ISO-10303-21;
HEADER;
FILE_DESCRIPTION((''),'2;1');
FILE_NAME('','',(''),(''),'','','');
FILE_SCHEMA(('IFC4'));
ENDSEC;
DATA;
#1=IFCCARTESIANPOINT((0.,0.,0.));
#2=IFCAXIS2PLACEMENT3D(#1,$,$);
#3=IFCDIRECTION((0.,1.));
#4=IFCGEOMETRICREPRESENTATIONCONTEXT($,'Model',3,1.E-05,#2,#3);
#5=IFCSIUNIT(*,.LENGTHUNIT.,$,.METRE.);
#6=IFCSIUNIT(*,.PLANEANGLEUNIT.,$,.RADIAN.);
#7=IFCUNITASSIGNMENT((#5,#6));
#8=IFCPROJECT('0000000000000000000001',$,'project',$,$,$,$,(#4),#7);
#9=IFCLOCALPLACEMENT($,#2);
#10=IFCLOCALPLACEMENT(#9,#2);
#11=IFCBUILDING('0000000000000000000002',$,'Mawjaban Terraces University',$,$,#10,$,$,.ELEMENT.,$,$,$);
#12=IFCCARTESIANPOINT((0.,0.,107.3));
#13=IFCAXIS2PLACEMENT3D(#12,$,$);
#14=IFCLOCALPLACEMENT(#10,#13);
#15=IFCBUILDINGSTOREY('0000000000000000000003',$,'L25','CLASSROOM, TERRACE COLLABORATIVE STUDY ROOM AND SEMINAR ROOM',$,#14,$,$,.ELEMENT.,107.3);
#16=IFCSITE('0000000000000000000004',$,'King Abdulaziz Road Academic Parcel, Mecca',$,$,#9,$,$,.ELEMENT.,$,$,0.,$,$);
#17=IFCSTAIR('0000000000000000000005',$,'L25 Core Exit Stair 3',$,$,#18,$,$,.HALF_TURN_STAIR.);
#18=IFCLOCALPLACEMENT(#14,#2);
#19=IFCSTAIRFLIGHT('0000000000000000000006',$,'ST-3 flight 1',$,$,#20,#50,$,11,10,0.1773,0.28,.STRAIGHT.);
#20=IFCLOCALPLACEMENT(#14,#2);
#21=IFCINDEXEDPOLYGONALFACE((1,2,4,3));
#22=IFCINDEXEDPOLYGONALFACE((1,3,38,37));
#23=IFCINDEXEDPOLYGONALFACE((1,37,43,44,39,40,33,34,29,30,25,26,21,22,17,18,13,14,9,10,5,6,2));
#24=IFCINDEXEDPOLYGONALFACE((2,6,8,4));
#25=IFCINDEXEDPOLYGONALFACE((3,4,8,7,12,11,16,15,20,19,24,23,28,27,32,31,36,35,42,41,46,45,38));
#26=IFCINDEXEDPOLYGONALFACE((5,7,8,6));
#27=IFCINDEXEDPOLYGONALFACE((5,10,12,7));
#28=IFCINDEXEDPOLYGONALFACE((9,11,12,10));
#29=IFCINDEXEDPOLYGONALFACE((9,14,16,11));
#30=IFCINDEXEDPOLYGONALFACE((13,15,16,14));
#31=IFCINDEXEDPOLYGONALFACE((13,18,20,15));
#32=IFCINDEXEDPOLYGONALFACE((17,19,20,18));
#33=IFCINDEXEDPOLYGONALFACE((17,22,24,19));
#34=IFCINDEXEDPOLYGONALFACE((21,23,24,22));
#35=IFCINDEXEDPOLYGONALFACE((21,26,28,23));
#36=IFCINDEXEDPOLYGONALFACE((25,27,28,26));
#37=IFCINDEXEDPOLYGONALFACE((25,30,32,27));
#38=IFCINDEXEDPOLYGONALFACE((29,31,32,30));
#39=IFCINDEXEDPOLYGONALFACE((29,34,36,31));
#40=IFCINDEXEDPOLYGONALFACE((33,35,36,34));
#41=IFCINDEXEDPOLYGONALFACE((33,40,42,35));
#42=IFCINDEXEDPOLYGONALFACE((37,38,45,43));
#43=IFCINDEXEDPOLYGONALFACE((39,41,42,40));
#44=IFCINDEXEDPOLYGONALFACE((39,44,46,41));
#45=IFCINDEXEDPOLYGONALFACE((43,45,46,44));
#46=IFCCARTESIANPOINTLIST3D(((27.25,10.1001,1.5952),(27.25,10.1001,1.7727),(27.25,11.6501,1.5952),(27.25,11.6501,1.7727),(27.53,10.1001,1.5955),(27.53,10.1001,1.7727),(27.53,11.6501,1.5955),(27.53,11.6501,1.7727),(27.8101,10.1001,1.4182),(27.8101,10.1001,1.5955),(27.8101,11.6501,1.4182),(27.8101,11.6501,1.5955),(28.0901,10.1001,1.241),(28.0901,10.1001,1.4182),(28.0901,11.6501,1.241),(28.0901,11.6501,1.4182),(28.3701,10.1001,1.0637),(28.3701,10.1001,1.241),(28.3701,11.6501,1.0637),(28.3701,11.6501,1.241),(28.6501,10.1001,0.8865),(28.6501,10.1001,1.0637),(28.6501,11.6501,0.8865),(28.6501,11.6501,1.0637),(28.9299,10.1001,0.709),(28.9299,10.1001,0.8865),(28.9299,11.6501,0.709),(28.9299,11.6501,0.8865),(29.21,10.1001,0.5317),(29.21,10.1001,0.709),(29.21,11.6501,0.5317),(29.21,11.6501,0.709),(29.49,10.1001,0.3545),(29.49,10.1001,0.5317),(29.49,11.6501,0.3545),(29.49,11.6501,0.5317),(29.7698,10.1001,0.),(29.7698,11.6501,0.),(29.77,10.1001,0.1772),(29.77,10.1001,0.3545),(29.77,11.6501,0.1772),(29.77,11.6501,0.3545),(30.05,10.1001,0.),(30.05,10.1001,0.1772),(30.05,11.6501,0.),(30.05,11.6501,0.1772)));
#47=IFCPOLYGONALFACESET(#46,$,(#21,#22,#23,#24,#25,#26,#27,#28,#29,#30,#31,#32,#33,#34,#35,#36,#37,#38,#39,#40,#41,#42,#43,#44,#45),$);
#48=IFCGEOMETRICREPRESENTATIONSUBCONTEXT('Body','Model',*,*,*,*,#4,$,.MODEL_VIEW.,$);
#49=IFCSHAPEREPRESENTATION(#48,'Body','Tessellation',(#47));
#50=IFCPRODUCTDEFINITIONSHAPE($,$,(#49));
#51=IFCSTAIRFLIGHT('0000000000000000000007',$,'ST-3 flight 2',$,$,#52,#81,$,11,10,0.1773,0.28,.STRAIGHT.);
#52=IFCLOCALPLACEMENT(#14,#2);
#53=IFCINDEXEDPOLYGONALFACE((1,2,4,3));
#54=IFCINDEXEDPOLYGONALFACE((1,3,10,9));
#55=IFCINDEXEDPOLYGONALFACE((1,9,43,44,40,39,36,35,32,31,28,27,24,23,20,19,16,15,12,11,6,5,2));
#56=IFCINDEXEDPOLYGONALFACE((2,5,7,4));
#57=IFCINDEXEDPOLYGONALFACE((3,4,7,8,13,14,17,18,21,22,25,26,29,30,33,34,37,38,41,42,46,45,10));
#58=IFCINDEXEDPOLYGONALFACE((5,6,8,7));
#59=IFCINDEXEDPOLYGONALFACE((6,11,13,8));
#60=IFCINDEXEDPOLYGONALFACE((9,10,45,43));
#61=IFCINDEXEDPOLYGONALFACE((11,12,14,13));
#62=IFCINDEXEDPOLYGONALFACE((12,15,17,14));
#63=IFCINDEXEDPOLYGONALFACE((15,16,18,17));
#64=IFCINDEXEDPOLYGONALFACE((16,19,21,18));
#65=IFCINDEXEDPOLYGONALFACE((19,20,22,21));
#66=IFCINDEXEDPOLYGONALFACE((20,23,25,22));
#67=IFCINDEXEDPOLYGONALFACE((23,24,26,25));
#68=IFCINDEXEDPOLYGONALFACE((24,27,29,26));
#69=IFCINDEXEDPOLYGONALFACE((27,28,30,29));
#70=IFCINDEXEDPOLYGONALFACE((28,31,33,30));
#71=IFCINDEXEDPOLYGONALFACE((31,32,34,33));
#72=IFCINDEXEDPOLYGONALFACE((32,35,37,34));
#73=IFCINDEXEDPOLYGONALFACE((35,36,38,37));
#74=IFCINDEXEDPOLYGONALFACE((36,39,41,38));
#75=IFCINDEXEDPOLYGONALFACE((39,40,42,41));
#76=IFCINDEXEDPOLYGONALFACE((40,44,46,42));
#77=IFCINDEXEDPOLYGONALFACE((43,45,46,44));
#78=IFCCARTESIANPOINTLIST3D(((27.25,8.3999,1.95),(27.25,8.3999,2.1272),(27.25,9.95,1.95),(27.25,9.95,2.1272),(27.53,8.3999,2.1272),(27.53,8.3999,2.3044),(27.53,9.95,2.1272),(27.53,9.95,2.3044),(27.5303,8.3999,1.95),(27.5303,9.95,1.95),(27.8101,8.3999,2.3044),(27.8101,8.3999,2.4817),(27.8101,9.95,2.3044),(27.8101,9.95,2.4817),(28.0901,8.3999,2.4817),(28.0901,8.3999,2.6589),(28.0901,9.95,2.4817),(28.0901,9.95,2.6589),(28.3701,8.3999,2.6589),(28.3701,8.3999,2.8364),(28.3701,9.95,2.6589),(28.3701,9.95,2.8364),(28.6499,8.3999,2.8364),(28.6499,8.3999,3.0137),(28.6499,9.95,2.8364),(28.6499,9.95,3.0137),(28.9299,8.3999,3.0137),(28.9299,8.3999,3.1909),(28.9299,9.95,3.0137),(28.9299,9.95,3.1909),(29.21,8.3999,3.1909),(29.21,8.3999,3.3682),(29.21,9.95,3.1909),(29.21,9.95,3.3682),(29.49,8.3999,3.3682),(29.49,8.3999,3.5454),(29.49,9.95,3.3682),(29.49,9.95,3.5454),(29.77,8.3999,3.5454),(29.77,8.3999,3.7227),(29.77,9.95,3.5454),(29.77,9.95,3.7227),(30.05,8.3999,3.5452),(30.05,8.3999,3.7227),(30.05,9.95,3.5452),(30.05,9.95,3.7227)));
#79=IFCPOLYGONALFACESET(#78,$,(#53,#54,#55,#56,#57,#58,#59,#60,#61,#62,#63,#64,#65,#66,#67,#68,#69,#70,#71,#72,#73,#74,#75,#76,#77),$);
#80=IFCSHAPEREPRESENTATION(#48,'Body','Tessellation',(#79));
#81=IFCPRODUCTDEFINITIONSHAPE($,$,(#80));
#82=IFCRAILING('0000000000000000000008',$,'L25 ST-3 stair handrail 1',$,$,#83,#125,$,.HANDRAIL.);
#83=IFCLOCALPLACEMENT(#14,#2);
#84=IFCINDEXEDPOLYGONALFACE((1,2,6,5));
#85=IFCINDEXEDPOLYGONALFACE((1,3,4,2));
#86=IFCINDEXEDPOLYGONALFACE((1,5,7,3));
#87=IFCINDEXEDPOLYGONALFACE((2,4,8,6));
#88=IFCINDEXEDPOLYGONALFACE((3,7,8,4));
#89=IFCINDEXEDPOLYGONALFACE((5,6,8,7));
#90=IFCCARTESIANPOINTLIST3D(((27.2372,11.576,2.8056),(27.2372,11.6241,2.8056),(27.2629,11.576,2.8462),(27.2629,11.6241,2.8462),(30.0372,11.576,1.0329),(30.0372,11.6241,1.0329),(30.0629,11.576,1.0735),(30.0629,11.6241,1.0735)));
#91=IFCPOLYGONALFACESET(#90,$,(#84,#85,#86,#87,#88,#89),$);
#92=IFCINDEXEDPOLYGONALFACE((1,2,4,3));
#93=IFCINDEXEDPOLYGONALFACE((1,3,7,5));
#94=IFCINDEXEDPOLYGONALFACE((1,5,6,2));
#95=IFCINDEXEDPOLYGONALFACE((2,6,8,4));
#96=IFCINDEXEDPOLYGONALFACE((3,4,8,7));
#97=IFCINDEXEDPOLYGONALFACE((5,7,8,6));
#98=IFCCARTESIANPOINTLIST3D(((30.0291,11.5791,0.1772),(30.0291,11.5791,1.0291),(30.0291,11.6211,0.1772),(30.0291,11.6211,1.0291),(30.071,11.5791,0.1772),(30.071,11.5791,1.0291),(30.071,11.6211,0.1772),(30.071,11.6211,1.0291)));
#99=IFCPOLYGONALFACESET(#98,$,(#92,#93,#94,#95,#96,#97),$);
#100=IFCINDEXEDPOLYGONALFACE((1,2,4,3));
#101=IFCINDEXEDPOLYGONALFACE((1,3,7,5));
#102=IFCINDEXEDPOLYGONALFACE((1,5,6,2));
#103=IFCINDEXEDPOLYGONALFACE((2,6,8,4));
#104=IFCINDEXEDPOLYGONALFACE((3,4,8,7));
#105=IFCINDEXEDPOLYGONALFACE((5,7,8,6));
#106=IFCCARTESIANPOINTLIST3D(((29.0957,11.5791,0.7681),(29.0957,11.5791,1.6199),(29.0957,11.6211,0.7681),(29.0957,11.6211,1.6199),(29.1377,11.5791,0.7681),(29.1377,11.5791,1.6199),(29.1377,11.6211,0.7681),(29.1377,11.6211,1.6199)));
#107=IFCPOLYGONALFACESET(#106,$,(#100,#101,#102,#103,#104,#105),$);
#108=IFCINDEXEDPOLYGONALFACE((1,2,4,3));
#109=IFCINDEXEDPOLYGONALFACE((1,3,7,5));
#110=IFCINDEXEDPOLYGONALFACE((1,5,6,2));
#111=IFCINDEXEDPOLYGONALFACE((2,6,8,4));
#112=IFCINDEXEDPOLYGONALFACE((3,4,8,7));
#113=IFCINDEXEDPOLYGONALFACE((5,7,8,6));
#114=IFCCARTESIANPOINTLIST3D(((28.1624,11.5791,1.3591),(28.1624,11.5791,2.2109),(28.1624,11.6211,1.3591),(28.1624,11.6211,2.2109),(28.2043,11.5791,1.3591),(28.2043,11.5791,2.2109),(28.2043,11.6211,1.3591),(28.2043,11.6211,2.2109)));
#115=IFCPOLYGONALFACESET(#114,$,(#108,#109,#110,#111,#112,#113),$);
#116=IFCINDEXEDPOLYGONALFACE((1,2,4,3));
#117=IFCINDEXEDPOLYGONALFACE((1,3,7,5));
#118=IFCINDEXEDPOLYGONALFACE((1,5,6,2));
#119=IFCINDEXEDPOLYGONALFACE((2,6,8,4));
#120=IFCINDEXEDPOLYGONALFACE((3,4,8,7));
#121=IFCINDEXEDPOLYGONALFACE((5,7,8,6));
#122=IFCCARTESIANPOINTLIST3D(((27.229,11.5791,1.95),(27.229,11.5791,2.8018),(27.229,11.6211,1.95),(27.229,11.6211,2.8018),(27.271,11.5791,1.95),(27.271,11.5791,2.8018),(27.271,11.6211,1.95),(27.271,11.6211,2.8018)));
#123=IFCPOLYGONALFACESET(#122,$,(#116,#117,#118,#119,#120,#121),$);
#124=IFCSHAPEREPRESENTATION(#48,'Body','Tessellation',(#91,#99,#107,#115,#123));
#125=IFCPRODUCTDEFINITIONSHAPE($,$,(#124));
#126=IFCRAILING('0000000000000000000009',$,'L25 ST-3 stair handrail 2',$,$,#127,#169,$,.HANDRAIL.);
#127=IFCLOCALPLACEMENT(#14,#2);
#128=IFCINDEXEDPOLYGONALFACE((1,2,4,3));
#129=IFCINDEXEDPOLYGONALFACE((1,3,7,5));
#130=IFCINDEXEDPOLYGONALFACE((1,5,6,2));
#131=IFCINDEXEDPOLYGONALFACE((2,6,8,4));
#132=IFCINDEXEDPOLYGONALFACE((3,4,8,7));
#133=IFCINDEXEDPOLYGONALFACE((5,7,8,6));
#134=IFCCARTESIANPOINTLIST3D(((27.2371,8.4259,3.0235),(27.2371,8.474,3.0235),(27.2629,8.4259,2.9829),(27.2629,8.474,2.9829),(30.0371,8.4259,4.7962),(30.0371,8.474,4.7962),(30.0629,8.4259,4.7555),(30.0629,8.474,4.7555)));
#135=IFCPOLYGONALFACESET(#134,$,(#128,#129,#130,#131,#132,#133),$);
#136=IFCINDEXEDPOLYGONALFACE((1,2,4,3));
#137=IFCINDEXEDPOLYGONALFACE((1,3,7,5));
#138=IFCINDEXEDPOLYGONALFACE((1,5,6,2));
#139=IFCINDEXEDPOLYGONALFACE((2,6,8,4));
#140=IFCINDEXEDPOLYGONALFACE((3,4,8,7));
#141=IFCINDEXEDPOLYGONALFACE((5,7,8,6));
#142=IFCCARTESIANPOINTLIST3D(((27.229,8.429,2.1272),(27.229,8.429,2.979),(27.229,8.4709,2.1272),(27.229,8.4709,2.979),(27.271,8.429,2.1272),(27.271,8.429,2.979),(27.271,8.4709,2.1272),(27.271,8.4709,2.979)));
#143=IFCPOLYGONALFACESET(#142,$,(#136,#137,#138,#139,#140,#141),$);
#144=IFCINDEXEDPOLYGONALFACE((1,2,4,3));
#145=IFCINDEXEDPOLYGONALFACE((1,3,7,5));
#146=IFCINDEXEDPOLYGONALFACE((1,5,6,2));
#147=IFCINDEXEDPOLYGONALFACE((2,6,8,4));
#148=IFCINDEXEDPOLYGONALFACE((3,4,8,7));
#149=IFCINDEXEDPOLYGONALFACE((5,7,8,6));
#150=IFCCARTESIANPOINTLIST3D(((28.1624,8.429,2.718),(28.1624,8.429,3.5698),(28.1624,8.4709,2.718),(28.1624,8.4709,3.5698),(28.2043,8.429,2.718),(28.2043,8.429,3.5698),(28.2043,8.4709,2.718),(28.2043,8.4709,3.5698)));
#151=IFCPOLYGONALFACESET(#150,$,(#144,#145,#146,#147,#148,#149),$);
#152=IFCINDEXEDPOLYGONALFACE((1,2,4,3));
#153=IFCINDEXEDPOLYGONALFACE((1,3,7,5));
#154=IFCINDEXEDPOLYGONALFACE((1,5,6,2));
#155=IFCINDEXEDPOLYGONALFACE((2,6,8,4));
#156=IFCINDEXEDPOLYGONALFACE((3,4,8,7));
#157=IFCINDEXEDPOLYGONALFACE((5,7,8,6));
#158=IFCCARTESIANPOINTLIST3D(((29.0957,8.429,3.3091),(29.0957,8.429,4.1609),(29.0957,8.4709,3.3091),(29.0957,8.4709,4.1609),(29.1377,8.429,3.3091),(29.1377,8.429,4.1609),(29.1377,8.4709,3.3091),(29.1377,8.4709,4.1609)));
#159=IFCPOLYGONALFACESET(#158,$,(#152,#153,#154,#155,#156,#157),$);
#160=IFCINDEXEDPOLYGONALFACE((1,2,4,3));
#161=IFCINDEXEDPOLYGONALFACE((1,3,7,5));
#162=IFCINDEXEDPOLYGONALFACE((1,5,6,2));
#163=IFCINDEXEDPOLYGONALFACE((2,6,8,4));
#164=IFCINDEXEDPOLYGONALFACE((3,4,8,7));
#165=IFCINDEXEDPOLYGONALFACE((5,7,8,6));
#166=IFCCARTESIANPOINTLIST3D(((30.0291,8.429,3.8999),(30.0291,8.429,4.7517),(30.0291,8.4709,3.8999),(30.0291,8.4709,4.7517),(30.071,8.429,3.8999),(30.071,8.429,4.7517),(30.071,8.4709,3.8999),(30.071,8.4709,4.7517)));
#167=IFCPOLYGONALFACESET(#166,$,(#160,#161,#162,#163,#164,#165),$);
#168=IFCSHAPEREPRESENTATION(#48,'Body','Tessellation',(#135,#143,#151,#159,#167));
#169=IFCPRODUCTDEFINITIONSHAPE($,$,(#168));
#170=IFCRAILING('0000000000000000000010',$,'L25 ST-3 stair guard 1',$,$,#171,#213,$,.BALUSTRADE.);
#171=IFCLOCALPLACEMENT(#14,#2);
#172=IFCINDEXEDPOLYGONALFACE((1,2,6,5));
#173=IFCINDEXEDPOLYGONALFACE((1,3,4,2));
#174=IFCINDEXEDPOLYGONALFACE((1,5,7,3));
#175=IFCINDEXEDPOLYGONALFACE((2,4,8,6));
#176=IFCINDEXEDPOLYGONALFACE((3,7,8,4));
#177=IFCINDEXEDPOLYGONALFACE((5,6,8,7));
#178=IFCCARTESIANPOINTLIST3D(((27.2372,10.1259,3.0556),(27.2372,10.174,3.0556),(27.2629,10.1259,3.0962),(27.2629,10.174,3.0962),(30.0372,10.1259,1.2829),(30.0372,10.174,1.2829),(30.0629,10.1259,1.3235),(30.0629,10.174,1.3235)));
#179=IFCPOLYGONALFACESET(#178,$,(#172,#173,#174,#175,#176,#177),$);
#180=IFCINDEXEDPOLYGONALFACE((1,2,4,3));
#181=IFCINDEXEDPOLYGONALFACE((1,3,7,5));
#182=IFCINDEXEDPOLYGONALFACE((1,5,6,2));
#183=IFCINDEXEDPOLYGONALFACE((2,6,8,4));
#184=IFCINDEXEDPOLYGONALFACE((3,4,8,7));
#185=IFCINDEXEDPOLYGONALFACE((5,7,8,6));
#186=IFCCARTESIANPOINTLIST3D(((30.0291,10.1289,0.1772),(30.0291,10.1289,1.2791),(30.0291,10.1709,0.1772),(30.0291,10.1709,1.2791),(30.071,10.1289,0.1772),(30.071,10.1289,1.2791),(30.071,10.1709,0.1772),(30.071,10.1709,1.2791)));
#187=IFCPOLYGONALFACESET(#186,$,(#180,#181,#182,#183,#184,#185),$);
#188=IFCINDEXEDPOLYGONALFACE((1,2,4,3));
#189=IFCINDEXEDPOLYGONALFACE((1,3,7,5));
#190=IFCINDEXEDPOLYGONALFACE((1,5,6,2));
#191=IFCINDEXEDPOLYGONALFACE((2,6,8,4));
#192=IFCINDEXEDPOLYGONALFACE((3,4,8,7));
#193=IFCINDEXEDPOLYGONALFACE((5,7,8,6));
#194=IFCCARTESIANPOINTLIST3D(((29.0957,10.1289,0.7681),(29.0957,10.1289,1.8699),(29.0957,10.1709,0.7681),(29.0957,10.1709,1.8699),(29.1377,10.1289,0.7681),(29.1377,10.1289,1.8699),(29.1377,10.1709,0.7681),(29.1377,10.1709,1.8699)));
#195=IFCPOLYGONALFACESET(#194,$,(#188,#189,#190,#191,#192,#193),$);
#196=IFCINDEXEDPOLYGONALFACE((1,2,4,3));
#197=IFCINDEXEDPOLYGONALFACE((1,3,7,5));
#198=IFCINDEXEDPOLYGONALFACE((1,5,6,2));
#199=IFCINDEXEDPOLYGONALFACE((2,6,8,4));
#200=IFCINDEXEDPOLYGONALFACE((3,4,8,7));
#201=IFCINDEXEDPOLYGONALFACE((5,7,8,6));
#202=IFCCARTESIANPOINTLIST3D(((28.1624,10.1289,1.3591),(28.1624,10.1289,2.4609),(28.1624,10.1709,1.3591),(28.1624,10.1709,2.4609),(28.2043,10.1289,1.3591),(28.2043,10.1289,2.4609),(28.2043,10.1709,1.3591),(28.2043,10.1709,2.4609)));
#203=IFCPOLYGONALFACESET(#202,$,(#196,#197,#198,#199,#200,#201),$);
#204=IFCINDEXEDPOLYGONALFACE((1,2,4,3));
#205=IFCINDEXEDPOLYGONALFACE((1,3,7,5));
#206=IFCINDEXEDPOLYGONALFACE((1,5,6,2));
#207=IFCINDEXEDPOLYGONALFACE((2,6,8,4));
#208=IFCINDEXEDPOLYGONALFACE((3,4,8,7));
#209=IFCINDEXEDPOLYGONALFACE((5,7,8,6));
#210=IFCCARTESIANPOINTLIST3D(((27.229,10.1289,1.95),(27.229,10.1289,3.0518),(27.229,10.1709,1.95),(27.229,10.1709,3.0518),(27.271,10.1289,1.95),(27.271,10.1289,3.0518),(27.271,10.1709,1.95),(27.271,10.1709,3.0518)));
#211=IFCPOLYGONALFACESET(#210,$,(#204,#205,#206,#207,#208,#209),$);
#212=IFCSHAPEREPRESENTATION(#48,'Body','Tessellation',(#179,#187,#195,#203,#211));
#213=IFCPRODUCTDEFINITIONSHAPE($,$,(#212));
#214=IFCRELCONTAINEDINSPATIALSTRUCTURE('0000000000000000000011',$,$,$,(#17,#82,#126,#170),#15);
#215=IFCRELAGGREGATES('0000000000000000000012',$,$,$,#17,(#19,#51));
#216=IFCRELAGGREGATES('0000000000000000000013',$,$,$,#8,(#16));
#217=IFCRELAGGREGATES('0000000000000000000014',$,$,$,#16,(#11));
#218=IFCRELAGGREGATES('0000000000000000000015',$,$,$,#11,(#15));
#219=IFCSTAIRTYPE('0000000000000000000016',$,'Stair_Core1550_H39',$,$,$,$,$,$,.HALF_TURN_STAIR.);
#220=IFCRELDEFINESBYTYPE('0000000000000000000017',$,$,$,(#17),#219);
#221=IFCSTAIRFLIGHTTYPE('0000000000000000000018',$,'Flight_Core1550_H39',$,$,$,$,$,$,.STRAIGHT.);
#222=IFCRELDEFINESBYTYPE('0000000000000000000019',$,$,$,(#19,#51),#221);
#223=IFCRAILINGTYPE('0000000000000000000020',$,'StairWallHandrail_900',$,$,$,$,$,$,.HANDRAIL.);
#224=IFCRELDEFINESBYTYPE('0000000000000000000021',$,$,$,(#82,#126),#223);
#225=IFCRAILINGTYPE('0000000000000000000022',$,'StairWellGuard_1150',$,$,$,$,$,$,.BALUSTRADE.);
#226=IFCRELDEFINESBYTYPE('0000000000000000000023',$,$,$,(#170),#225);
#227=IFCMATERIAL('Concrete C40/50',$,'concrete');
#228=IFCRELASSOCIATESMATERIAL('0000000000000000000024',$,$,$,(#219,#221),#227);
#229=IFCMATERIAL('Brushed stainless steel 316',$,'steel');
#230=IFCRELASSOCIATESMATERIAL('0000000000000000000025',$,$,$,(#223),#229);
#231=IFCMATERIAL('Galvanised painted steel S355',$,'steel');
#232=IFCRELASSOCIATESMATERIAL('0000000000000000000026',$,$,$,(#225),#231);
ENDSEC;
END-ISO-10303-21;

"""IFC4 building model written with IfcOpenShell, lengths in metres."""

from ifc_helpers import new_model, si_unit, direction, frame, origin, origin_2d, place, context, subcontext, project, spatial, polyline, rectangle, outline, extrude, material, type_object, element, aggregate, save


model = new_model("IFC4")

# Units and contexts
model_context = context("Model", 3, precision=1e-05, world=origin(), true_north=direction((0.0, 1.0)))
body_context = subcontext(model_context, "Body", "Model", "MODEL_VIEW")
ifc_project = project(units=[si_unit("LENGTHUNIT", "METRE"), si_unit("PLANEANGLEUNIT", "RADIAN")], contexts=[model_context])

# Site, building, storey
site_placement = place(None, origin())
site = spatial("IfcSite", under=ifc_project, at=site_placement, Name="King Abdulaziz Road Academic Parcel, Mecca", CompositionType="ELEMENT", RefElevation=0.0)
building_placement = place(site_placement, origin())
building = spatial("IfcBuilding", under=site, at=building_placement, Name="Mawjaban Terraces University", CompositionType="ELEMENT")
storey_placement = place(building_placement, frame((0.0, 0.0, 107.3)))
storey = spatial("IfcBuildingStorey", under=building, at=storey_placement, Name="L25", Description="CLASSROOM, TERRACE COLLABORATIVE STUDY ROOM AND SEMINAR ROOM", CompositionType="ELEMENT", Elevation=107.3)

# Shared definitions
ifc_material_1 = material(Name="Concrete C40/50", Category="concrete")

# Stair, stair flights
stair_type = type_object("IfcStairType", Name="Stair_Core1550_H39", PredefinedType="HALF_TURN_STAIR", material=ifc_material_1)
stair_placement = place(storey_placement, origin())
stair = element("IfcStair", 1, at=stair_placement, inside=storey, type_object=stair_type, Name="L25 Core Exit Stair 3", PredefinedType="HALF_TURN_STAIR")
stair_flight_type = type_object("IfcStairFlightType", Name="Flight_Core1550_H39", PredefinedType="STRAIGHT", material=ifc_material_1)
stair_flight_1_placement = place(storey_placement, frame((30.05, 10.875, 0.0), z_axis=(0.0, 0.0, 1.0), x_axis=(-1.0, 0.0, 0.0)))
stair_flight_1 = element("IfcStairFlight", 2, at=stair_flight_1_placement, type_object=stair_flight_type, Name="ST-3 flight 1", NumberOfRisers=11, NumberOfTreads=10, PredefinedType="STRAIGHT", RiserHeight=0.1773, TreadLength=0.28, context=body_context, shape_type="SweptSolid", body=[
    extrude(outline(polyline([(0.0, 0.0), (0.0, 0.1772), (0.28, 0.1772), (0.28, 0.3545), (0.5601, 0.3545), (0.5601, 0.5317), (0.8401, 0.5317), (0.8401, 0.709), (1.1201, 0.709), (1.1201, 0.8865), (1.3999, 0.8865), (1.3999, 1.0637), (1.6799, 1.0637), (1.6799, 1.241), (1.96, 1.241), (1.96, 1.4182), (2.24, 1.4182), (2.24, 1.5955), (2.52, 1.5955), (2.52, 1.7727), (2.8, 1.7727), (2.8, 1.95), (2.8, 1.5952), (0.2803, 0.0), (0.0, 0.0)])), frame((0.0, 0.7749, 0.0), z_axis=(0.0, -1.0, 0.0), x_axis=(1.0, 0.0, 0.0)), (0.0, 0.0, 1.0), 1.55),
])
stair_flight_2_placement = place(storey_placement, frame((27.25, 9.175, 1.95), z_axis=(0.0, 0.0, 1.0), x_axis=(1.0, 0.0, 0.0)))
stair_flight_2 = element("IfcStairFlight", 3, at=stair_flight_2_placement, type_object=stair_flight_type, Name="ST-3 flight 2", NumberOfRisers=11, NumberOfTreads=10, PredefinedType="STRAIGHT", RiserHeight=0.1773, TreadLength=0.28, context=body_context, shape_type="SweptSolid", body=[
    extrude(outline(polyline([(0.0, 0.0), (0.0, 0.1772), (0.28, 0.1772), (0.28, 0.3545), (0.5601, 0.3545), (0.5601, 0.5317), (0.8401, 0.5317), (0.8401, 0.709), (1.1201, 0.709), (1.1201, 0.8865), (1.3999, 0.8865), (1.3999, 1.0637), (1.6799, 1.0637), (1.6799, 1.241), (1.96, 1.241), (1.96, 1.4182), (2.24, 1.4182), (2.24, 1.5955), (2.52, 1.5955), (2.52, 1.7727), (2.8, 1.7727), (2.8, 1.95), (2.8, 1.5952), (0.2803, 0.0), (0.0, 0.0)])), frame((0.0, 0.7749, 0.0), z_axis=(0.0, -1.0, 0.0), x_axis=(1.0, 0.0, 0.0)), (0.0, 0.0, 1.0), 1.55),
])
aggregate(stair, [stair_flight_1, stair_flight_2])

# Railings
ifc_material_2 = material(Name="Brushed stainless steel 316", Category="steel")
railing_type_1 = type_object("IfcRailingType", Name="StairWallHandrail_900", PredefinedType="HANDRAIL", material=ifc_material_2)
railing_1_placement = place(storey_placement, frame((30.05, 11.6001, 0.1772)))
element("IfcRailing", 4, at=railing_1_placement, inside=storey, type_object=railing_type_1, Name="L25 ST-3 stair handrail 1", PredefinedType="HANDRAIL", context=body_context, shape_type="SweptSolid", body=[
    extrude(rectangle(XDim=0.0481, YDim=0.0481, at=origin_2d()), frame((0.0, 0.0, 0.876), z_axis=(-0.844909, 0.0, 0.53491), x_axis=(0.0, -1.0, 0.0)), (0.0, 0.0, 1.0), 3.314),
    extrude(rectangle(XDim=0.042, YDim=0.042, at=origin_2d()), origin(), (0.0, 0.0, 1.0), 0.8518),
    extrude(rectangle(XDim=0.042, YDim=0.042, at=origin_2d()), frame((-0.9333, 0.0, 0.5908)), (0.0, 0.0, 1.0), 0.8518),
    extrude(rectangle(XDim=0.042, YDim=0.042, at=origin_2d()), frame((-1.8667, 0.0, 1.1819)), (0.0, 0.0, 1.0), 0.8518),
    extrude(rectangle(XDim=0.042, YDim=0.042, at=origin_2d()), frame((-2.8, 0.0, 1.7727)), (0.0, 0.0, 1.0), 0.8518),
])
railing_2_placement = place(storey_placement, frame((27.25, 8.45, 2.1272)))
element("IfcRailing", 5, at=railing_2_placement, inside=storey, type_object=railing_type_1, Name="L25 ST-3 stair handrail 2", PredefinedType="HANDRAIL", context=body_context, shape_type="SweptSolid", body=[
    extrude(rectangle(XDim=0.0481, YDim=0.0481, at=origin_2d()), frame((0.0, 0.0, 0.876), z_axis=(0.844909, 0.0, 0.53491), x_axis=(0.0, 1.0, 0.0)), (0.0, 0.0, 1.0), 3.314),
    extrude(rectangle(XDim=0.042, YDim=0.042, at=origin_2d()), origin(), (0.0, 0.0, 1.0), 0.8518),
    extrude(rectangle(XDim=0.042, YDim=0.042, at=origin_2d()), frame((0.9333, 0.0, 0.5908)), (0.0, 0.0, 1.0), 0.8518),
    extrude(rectangle(XDim=0.042, YDim=0.042, at=origin_2d()), frame((1.8667, 0.0, 1.1819)), (0.0, 0.0, 1.0), 0.8518),
    extrude(rectangle(XDim=0.042, YDim=0.042, at=origin_2d()), frame((2.8, 0.0, 1.7727)), (0.0, 0.0, 1.0), 0.8518),
])
ifc_material_3 = material(Name="Galvanised painted steel S355", Category="steel")
railing_type_2 = type_object("IfcRailingType", Name="StairWellGuard_1150", PredefinedType="BALUSTRADE", material=ifc_material_3)
railing_3_placement = place(storey_placement, frame((30.05, 10.1499, 0.1772)))
element("IfcRailing", 6, at=railing_3_placement, inside=storey, type_object=railing_type_2, Name="L25 ST-3 stair guard 1", PredefinedType="BALUSTRADE", context=body_context, shape_type="SweptSolid", body=[
    extrude(rectangle(XDim=0.0481, YDim=0.0481, at=origin_2d()), frame((0.0, 0.0, 1.126), z_axis=(-0.844909, 0.0, 0.53491), x_axis=(0.0, -1.0, 0.0)), (0.0, 0.0, 1.0), 3.314),
    extrude(rectangle(XDim=0.042, YDim=0.042, at=origin_2d()), origin(), (0.0, 0.0, 1.0), 1.1018),
    extrude(rectangle(XDim=0.042, YDim=0.042, at=origin_2d()), frame((-0.9333, 0.0, 0.5908)), (0.0, 0.0, 1.0), 1.1018),
    extrude(rectangle(XDim=0.042, YDim=0.042, at=origin_2d()), frame((-1.8667, 0.0, 1.1819)), (0.0, 0.0, 1.0), 1.1018),
    extrude(rectangle(XDim=0.042, YDim=0.042, at=origin_2d()), frame((-2.8, 0.0, 1.7727)), (0.0, 0.0, 1.0), 1.1018),
])

save(model, "model.ifc")
